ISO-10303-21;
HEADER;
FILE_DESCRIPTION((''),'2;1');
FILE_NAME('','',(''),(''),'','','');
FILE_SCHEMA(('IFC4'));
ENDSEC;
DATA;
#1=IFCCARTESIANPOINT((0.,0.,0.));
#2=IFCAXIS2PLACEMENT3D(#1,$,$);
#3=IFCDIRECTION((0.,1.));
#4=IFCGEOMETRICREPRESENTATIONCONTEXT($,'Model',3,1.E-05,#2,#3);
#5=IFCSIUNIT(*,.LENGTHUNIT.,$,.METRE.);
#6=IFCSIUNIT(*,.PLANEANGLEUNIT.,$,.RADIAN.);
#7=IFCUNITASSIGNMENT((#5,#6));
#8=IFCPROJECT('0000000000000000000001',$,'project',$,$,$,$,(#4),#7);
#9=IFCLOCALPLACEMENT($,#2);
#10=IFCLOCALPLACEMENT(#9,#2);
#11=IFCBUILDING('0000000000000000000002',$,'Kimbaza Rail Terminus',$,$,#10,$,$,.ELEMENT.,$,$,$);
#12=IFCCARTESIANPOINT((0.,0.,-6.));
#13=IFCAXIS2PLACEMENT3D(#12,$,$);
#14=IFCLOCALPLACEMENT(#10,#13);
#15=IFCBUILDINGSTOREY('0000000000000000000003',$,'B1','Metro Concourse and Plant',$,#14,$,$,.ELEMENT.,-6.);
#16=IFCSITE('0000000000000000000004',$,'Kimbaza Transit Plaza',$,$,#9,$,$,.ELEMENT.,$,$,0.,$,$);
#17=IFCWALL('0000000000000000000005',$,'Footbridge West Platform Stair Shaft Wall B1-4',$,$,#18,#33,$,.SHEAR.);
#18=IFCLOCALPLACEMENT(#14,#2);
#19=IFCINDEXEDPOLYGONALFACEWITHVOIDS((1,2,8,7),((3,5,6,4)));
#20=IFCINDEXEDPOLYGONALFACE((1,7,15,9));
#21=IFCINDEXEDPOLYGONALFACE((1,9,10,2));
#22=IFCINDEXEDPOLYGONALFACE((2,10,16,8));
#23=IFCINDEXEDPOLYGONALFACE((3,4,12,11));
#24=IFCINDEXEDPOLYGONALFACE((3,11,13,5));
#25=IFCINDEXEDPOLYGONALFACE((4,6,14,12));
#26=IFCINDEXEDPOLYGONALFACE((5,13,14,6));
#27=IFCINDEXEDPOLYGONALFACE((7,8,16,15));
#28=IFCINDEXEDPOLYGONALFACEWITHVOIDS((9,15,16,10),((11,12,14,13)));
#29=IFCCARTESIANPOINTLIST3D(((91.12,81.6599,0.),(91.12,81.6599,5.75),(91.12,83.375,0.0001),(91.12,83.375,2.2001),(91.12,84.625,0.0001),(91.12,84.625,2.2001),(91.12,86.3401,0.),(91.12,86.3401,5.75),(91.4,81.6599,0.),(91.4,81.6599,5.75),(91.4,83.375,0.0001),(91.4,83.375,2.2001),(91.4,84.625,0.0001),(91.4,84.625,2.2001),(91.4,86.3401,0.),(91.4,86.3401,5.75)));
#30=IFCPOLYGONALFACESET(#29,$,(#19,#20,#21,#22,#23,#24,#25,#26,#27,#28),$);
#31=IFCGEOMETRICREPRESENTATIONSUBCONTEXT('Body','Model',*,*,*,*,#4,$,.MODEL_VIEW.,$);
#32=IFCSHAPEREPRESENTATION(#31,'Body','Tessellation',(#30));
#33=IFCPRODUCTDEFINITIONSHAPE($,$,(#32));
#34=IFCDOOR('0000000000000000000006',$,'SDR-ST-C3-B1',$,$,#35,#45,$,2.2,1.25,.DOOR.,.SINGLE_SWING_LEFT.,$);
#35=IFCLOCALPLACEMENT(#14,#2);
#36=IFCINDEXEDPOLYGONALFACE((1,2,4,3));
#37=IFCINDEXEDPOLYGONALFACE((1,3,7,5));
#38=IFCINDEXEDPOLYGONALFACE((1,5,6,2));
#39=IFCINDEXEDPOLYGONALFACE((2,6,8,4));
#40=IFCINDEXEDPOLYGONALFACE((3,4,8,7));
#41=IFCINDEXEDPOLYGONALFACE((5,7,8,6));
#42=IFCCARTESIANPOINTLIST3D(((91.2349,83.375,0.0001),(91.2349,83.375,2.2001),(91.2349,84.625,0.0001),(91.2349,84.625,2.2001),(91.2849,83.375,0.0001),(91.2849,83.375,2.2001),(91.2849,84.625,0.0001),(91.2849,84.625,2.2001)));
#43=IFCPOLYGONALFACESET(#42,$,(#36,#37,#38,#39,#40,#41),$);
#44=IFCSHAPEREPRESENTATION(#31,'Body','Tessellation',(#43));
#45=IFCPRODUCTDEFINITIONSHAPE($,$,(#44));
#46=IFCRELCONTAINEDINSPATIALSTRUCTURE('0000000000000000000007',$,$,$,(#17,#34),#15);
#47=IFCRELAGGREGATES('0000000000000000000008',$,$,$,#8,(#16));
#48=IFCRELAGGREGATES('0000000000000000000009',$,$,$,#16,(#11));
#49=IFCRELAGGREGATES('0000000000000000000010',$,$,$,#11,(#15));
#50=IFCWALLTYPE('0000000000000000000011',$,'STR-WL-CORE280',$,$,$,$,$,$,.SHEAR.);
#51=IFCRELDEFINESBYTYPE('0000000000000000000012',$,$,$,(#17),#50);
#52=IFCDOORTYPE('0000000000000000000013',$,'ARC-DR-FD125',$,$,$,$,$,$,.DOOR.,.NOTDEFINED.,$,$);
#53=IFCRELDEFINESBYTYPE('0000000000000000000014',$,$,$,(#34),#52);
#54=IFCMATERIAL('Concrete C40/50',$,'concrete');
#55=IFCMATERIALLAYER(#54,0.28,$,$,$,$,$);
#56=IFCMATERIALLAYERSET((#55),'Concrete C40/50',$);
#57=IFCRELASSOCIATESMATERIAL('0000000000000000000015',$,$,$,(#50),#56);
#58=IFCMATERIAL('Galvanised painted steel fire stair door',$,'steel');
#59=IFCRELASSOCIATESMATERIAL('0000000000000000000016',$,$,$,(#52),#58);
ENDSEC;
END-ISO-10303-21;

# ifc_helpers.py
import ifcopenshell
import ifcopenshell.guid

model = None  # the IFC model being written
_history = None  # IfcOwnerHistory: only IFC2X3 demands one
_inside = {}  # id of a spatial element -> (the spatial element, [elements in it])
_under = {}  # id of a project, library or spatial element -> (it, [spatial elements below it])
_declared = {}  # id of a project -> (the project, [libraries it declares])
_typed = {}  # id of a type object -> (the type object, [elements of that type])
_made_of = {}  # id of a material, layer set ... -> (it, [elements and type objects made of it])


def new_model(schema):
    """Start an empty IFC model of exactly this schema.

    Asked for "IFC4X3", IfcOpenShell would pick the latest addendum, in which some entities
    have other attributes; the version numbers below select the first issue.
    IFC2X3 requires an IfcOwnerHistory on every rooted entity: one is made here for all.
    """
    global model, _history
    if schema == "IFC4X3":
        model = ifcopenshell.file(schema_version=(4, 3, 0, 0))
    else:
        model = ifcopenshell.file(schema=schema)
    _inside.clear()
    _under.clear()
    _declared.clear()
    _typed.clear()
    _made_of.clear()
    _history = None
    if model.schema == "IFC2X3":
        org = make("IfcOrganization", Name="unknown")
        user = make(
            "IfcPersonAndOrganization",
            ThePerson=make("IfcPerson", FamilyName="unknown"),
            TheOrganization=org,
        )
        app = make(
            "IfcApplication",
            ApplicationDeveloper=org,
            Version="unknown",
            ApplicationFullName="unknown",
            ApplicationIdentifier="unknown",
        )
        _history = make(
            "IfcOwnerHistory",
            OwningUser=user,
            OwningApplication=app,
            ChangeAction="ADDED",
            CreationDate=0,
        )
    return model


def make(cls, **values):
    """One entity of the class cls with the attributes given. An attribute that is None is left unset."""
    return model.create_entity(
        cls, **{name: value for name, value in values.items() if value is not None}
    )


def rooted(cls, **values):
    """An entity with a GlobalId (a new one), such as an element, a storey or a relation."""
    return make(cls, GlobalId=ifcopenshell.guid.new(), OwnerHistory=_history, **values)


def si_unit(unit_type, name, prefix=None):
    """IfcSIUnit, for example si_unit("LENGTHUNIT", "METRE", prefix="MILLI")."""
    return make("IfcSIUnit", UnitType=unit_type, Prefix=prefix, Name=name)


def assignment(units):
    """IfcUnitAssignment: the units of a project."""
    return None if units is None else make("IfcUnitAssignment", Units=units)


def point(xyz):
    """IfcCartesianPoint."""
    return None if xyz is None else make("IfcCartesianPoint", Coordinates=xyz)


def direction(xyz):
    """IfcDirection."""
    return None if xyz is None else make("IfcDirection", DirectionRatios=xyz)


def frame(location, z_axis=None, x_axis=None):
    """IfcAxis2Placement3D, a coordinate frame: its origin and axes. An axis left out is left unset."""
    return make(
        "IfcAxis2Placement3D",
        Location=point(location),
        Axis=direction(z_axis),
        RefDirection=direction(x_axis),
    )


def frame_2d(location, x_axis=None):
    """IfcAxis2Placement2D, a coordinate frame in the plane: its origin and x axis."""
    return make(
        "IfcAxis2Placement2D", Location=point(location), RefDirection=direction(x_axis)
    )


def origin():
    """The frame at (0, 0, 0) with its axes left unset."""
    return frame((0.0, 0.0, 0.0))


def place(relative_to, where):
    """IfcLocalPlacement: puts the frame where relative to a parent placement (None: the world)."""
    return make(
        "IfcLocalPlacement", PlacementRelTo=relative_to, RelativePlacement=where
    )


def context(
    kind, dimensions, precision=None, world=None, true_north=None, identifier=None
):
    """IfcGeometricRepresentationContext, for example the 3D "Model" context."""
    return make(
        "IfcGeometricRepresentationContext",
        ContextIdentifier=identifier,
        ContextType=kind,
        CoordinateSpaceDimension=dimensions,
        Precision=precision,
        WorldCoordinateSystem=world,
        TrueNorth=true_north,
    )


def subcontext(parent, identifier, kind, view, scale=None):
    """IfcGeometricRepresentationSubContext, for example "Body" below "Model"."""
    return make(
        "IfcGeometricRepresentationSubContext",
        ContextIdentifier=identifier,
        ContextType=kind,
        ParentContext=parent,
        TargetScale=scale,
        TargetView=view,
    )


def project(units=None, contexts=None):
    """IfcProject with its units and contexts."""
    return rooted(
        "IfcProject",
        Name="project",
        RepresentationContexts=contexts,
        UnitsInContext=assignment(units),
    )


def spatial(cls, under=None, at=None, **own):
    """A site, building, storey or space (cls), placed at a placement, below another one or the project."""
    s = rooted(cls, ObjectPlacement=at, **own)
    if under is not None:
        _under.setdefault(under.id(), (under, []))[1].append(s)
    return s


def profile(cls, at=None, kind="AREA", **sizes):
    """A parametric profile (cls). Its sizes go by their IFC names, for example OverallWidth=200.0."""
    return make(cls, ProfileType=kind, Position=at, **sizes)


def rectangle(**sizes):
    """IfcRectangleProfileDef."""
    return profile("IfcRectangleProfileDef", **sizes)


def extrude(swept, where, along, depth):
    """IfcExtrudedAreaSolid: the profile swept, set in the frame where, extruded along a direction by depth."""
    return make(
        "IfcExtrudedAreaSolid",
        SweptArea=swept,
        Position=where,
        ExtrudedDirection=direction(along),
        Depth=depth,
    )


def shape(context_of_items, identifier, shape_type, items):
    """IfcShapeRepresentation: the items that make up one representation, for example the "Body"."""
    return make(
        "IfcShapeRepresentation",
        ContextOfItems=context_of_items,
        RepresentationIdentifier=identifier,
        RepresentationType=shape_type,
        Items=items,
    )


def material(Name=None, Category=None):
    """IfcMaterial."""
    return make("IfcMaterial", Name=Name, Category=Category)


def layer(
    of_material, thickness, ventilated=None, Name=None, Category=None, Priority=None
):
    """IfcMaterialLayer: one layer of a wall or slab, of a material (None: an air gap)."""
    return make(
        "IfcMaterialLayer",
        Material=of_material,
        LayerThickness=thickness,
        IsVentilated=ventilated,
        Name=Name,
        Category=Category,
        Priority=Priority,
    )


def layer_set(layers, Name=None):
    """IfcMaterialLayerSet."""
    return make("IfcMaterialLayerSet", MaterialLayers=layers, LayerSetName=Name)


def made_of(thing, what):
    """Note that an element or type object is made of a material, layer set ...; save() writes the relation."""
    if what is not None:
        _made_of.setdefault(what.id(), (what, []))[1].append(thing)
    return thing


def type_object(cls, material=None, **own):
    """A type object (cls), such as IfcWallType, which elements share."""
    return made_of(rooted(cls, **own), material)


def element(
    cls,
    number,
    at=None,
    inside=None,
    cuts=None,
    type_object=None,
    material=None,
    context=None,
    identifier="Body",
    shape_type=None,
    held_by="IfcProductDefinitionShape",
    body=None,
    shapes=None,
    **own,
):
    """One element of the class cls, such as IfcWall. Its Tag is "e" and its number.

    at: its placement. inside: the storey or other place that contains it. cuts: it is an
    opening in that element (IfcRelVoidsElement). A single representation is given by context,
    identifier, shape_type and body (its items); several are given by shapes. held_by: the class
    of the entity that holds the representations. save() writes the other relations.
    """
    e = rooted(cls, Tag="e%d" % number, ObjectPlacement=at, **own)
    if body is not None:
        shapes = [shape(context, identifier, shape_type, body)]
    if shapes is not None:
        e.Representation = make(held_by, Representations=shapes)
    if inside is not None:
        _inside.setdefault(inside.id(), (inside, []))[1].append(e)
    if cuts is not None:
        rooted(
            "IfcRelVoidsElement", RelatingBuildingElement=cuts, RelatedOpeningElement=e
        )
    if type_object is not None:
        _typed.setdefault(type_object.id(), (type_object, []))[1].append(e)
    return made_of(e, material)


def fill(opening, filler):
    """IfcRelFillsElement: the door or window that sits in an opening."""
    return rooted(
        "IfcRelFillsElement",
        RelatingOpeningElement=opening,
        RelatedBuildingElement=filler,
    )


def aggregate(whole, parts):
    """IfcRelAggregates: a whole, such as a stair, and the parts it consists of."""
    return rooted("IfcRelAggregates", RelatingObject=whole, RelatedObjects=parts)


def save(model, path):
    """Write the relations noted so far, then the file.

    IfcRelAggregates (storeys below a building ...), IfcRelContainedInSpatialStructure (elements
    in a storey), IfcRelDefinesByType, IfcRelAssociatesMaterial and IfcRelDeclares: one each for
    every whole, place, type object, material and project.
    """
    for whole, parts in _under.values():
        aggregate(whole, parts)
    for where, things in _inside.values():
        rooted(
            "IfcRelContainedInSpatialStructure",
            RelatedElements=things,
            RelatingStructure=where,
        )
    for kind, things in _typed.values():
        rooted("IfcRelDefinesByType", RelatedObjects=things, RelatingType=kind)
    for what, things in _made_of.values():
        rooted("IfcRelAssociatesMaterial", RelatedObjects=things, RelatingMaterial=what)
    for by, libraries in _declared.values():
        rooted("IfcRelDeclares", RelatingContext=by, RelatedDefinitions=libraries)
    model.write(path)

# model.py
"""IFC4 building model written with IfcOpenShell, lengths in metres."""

from ifc_helpers import new_model, si_unit, direction, frame, frame_2d, origin, place, context, subcontext, project, spatial, rectangle, extrude, material, layer, layer_set, type_object, element, fill, save


model = new_model("IFC4")

# Units and contexts
model_context = context("Model", 3, precision=1e-05, world=origin(), true_north=direction((0.0, 1.0)))
body_context = subcontext(model_context, "Body", "Model", "MODEL_VIEW")
ifc_project = project(units=[si_unit("LENGTHUNIT", "METRE"), si_unit("PLANEANGLEUNIT", "RADIAN")], contexts=[model_context])

# Site, building, storey
site_placement = place(None, origin())
site = spatial("IfcSite", under=ifc_project, at=site_placement, Name="Kimbaza Transit Plaza", CompositionType="ELEMENT", RefElevation=0.0)
building_placement = place(site_placement, origin())
building = spatial("IfcBuilding", under=site, at=building_placement, Name="Kimbaza Rail Terminus", CompositionType="ELEMENT")
storey_placement = place(building_placement, frame((0.0, 0.0, -6.0)))
storey = spatial("IfcBuildingStorey", under=building, at=storey_placement, Name="B1", Description="Metro Concourse and Plant", CompositionType="ELEMENT", Elevation=-6.0)

# Shared definitions
ifc_material_1 = material(Name="Concrete C40/50", Category="concrete")
ifc_layer_1 = layer(ifc_material_1, 0.28)
ifc_layer_set_1 = layer_set([ifc_layer_1], Name="Concrete C40/50")
wall_type_1 = type_object("IfcWallType", Name="STR-WL-CORE280", PredefinedType="SHEAR", material=ifc_layer_set_1)

# Wall, opening, door
wall_1_placement = place(storey_placement, frame((91.26, 86.3401, 0.0), z_axis=(0.0, 0.0, 1.0), x_axis=(0.0, -1.0, 0.0)))
wall_1 = element("IfcWall", 1, at=wall_1_placement, inside=storey, type_object=wall_type_1, Name="Footbridge West Platform Stair Shaft Wall B1-4", PredefinedType="SHEAR", context=body_context, shape_type="SweptSolid", body=[
    extrude(rectangle(XDim=4.6802, YDim=0.28, at=frame_2d((2.3401, 0.0))), origin(), (0.0, 0.0, 1.0), 5.75),
])
opening_placement = place(wall_1_placement, frame((1.7151, 0.0, 0.0)))
opening = element("IfcOpeningElement", 2, at=opening_placement, cuts=wall_1, PredefinedType="OPENING", context=body_context, shape_type="SweptSolid", body=[
    extrude(rectangle(XDim=1.25, YDim=2.2, at=frame_2d((0.625, 1.1001))), frame((0.0, 0.1499, 0.0), z_axis=(0.0, -1.0, 0.0), x_axis=(1.0, 0.0, 0.0)), (0.0, 0.0, 1.0), 0.3),
])
ifc_material_2 = material(Name="Galvanised painted steel fire stair door", Category="steel")
door_type = type_object("IfcDoorType", Name="ARC-DR-FD125", OperationType="NOTDEFINED", PredefinedType="DOOR", material=ifc_material_2)
door_placement = place(opening_placement, origin())
door = element("IfcDoor", 3, at=door_placement, inside=storey, type_object=door_type, Name="SDR-ST-C3-B1", OperationType="SINGLE_SWING_LEFT", OverallHeight=2.2, OverallWidth=1.25, PredefinedType="DOOR", context=body_context, shape_type="SweptSolid", body=[
    extrude(rectangle(XDim=1.25, YDim=2.2, at=frame_2d((0.625, 1.1001))), frame((0.0, 0.0249, 0.0), z_axis=(0.0, -1.0, 0.0), x_axis=(1.0, 0.0, 0.0)), (0.0, 0.0, 1.0), 0.05),
])
fill(opening, door)

save(model, "model.ifc")
